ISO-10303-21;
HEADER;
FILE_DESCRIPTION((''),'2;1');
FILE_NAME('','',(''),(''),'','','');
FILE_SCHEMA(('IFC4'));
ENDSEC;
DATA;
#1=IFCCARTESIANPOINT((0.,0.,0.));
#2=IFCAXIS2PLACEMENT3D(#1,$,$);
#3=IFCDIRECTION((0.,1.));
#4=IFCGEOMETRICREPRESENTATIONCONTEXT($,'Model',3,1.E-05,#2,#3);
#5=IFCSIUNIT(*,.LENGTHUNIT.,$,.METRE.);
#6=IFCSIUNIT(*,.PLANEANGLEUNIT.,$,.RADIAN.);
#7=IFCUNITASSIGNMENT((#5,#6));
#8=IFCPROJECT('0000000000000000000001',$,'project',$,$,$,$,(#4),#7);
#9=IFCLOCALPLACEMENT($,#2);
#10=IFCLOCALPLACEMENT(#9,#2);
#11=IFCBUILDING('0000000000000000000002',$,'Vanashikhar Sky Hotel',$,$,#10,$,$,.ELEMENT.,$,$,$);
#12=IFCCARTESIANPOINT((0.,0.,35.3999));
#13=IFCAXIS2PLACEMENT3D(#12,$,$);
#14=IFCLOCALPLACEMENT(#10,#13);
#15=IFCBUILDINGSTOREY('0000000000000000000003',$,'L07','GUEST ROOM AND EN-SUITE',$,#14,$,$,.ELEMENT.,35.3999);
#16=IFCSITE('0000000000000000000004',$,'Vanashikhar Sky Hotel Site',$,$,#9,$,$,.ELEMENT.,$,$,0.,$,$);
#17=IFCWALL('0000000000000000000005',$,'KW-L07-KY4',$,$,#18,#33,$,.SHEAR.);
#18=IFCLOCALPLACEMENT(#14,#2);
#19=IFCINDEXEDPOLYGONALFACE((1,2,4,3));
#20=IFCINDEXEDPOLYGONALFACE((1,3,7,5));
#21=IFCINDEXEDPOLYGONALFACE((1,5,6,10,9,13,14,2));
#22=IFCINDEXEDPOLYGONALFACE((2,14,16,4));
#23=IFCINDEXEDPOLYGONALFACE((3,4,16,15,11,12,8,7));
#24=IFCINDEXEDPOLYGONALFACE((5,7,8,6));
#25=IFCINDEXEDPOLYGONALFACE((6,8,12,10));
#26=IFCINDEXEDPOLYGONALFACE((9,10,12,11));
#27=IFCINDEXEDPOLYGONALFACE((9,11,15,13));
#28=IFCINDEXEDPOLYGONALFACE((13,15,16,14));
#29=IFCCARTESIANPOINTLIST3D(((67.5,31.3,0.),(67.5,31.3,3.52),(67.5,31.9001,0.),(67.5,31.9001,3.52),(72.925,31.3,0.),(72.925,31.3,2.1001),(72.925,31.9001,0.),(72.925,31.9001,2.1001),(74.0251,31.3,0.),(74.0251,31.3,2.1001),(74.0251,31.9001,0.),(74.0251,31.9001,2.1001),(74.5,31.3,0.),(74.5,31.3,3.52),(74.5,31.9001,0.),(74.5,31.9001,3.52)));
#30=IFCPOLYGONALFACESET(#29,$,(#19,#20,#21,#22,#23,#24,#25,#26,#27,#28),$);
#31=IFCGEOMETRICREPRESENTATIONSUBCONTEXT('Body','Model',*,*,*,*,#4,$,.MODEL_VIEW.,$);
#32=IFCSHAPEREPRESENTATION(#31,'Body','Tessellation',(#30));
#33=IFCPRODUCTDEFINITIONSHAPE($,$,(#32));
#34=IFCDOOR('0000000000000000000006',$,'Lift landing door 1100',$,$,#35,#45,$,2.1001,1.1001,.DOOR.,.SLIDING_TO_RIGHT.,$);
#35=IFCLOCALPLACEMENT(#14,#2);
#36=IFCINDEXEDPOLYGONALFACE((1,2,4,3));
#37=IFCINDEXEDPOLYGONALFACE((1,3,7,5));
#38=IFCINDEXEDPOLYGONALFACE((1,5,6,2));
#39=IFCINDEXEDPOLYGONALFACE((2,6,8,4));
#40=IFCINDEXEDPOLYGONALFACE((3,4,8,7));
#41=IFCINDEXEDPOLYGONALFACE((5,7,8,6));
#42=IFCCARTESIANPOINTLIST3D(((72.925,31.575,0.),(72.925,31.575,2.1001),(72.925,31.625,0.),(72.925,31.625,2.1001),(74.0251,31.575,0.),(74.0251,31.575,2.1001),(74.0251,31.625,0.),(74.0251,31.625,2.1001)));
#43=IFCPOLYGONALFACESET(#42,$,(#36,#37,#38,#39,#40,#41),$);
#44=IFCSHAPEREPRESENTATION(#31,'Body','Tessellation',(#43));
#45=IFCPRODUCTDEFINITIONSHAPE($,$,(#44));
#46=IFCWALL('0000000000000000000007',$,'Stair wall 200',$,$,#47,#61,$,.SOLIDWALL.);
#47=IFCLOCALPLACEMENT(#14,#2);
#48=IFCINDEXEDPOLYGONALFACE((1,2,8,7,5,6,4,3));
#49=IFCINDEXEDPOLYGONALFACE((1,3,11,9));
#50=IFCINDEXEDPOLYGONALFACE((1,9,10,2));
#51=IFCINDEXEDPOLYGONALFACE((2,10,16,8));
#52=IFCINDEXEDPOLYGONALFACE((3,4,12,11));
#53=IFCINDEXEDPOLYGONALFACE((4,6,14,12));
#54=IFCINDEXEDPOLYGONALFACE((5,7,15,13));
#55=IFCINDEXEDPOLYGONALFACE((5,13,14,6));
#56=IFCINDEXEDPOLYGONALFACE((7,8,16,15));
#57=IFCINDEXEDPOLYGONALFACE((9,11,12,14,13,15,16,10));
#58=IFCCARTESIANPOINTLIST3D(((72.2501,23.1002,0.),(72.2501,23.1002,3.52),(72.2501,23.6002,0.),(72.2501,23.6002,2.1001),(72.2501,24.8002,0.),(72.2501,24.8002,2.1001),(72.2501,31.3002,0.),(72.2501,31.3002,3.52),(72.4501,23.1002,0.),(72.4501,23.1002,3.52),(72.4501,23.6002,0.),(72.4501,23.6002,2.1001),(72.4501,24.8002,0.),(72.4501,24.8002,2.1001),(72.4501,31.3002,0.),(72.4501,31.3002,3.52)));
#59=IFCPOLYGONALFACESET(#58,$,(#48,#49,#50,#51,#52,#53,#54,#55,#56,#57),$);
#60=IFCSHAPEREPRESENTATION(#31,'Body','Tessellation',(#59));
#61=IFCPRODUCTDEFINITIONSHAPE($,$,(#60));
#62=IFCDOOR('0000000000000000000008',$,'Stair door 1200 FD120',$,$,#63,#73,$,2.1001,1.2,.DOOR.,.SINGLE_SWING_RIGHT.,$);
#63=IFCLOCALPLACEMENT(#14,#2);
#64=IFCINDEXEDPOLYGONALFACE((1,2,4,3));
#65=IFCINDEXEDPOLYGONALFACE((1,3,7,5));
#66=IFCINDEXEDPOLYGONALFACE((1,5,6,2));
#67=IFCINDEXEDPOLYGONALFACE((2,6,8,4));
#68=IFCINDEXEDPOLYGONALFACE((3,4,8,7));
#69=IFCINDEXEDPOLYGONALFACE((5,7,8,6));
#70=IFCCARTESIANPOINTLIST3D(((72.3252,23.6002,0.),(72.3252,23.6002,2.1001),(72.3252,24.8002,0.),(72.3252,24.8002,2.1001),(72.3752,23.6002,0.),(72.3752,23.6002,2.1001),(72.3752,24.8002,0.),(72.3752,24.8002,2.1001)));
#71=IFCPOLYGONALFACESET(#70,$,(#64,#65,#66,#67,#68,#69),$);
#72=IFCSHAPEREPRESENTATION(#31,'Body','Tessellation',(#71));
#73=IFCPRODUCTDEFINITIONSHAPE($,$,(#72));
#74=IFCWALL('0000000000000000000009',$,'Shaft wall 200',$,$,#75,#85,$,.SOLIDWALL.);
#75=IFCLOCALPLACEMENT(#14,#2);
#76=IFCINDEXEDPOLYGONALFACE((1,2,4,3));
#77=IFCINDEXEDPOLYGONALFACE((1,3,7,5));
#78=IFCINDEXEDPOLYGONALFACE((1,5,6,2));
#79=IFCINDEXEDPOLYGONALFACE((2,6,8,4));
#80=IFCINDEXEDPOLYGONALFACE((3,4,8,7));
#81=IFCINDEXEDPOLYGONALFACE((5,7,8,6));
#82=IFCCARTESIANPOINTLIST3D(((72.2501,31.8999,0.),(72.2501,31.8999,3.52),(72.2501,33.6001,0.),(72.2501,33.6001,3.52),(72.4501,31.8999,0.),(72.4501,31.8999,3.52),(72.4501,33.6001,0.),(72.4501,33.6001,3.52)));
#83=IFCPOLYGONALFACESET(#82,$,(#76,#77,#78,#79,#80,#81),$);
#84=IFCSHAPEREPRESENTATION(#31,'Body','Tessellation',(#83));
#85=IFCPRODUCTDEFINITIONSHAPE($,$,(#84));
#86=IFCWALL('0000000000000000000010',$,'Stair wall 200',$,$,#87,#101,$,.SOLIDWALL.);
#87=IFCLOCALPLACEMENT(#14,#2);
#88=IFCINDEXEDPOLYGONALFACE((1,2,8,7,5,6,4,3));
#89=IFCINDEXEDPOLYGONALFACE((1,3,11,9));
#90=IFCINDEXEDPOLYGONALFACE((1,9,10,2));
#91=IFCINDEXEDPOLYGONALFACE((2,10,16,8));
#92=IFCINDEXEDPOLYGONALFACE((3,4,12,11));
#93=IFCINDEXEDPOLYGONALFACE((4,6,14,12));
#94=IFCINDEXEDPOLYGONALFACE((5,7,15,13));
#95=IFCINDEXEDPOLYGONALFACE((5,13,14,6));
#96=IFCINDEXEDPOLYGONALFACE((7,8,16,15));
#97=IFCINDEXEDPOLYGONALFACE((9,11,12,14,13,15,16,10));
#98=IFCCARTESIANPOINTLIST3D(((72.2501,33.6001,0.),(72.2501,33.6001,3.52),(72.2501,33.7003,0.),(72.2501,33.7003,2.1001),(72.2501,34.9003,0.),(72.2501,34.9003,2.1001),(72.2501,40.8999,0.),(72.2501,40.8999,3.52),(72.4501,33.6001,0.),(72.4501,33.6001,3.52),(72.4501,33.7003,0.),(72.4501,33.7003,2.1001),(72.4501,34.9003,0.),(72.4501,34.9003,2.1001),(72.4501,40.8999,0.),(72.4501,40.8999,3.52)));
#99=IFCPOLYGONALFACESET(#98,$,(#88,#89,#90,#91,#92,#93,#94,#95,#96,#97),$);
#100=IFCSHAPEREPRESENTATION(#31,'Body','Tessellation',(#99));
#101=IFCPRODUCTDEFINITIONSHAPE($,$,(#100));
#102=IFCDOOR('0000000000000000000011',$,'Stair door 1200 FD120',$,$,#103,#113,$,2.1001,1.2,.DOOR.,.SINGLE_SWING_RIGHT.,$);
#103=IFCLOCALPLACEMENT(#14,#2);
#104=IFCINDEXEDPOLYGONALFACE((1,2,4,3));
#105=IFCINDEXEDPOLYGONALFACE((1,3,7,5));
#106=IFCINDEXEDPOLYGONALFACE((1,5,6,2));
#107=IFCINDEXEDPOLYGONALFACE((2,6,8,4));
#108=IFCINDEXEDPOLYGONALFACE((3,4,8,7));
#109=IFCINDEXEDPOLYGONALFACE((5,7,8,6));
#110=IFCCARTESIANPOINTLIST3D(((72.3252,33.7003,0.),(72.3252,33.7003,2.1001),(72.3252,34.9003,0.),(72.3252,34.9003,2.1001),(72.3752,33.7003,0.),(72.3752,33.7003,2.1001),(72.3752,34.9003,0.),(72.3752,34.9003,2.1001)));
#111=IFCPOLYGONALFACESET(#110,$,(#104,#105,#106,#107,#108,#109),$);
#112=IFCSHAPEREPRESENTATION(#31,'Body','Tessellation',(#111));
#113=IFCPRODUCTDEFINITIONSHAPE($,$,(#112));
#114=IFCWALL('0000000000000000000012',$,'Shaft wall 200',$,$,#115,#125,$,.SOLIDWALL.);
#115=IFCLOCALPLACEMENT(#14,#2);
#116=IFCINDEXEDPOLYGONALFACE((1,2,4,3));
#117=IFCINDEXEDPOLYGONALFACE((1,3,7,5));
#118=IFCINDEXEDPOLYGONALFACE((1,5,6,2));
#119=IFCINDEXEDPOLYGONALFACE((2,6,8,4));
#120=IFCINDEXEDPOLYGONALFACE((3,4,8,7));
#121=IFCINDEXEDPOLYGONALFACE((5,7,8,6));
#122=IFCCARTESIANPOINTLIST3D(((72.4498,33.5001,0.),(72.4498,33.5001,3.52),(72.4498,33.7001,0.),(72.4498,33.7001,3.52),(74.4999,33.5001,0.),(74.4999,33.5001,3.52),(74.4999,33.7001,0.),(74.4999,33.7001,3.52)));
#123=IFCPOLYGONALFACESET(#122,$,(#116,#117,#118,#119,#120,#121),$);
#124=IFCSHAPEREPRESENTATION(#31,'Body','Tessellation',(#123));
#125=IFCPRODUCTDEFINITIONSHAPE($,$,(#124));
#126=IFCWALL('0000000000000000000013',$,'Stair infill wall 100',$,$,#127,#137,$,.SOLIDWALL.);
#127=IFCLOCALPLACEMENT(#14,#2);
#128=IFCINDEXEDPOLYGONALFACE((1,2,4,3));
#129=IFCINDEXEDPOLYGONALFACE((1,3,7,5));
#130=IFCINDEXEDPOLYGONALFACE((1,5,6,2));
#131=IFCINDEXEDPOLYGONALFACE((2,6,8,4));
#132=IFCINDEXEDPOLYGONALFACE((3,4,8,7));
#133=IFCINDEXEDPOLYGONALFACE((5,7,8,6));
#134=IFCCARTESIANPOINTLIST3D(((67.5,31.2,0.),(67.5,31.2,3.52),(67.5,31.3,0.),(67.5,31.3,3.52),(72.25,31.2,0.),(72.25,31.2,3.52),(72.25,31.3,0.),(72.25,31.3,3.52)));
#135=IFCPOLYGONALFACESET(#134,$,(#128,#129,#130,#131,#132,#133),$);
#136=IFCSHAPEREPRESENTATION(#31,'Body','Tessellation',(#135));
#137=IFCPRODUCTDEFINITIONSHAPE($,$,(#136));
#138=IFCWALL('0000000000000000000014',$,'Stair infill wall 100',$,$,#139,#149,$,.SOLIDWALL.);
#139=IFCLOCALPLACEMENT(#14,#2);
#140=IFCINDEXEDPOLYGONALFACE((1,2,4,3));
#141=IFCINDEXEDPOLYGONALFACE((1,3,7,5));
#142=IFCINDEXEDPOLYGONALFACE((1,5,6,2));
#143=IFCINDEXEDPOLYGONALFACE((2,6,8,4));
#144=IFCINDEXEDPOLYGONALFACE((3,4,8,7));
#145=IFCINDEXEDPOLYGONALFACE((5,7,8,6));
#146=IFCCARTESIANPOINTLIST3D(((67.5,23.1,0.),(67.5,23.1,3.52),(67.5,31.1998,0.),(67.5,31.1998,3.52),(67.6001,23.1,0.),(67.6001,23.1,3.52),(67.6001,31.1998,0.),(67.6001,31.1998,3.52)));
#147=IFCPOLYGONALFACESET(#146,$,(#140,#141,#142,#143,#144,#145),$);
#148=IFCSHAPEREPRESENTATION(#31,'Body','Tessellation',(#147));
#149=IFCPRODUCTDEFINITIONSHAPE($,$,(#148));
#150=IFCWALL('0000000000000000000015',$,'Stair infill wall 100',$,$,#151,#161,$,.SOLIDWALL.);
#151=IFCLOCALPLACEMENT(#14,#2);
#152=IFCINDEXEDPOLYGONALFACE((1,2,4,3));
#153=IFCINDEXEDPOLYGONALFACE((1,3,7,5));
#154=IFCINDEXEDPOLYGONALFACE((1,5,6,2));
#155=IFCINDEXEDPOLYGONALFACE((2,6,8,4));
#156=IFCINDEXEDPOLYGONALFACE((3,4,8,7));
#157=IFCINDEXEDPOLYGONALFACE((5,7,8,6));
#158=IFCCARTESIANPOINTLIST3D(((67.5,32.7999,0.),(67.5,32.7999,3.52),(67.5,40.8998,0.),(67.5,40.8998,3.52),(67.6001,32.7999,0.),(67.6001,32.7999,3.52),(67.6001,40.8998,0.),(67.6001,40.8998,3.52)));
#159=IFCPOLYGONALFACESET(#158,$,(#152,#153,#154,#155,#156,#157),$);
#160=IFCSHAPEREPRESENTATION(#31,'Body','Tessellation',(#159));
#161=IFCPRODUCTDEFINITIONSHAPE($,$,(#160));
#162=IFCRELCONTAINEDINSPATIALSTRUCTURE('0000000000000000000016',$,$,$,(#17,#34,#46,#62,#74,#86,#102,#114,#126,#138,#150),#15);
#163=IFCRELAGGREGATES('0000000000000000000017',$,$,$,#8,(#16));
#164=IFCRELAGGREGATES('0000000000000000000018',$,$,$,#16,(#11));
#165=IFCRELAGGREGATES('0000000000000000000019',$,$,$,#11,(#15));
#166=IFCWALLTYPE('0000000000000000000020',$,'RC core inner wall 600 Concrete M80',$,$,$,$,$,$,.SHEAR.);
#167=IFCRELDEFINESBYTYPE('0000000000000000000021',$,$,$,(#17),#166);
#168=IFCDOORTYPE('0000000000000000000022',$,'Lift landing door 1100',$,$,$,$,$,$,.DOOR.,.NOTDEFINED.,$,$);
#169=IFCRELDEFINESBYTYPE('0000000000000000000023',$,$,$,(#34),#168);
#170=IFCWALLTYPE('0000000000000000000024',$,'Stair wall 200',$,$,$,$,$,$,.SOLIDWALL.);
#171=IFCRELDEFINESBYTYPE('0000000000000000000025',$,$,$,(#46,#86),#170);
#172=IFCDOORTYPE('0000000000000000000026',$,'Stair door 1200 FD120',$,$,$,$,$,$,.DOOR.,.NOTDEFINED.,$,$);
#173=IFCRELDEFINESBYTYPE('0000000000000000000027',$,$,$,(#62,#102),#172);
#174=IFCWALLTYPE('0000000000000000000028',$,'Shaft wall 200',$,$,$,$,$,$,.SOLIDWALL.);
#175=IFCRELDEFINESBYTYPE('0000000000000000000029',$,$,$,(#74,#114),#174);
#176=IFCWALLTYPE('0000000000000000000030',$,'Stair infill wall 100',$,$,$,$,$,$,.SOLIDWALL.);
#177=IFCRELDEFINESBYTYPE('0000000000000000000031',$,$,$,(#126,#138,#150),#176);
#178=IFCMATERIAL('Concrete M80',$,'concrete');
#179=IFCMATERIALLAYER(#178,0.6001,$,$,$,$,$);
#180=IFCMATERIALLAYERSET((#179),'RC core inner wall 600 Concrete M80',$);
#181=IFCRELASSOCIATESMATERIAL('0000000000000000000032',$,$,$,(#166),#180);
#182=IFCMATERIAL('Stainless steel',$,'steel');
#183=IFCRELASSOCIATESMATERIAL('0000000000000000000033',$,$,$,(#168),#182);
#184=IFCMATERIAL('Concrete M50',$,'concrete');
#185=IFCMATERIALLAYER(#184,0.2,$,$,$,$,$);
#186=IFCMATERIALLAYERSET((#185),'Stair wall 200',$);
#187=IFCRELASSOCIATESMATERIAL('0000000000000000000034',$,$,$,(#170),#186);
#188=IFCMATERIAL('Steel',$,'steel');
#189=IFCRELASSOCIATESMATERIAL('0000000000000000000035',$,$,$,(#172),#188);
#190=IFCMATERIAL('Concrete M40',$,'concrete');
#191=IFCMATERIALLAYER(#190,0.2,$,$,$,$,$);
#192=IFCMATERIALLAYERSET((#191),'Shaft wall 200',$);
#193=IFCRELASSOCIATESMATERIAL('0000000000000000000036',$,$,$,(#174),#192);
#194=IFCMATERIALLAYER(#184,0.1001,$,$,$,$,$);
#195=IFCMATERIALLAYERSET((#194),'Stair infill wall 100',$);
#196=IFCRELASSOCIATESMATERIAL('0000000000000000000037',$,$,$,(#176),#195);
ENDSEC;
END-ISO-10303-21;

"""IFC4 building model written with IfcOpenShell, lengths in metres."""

from ifc_helpers import new_model, si_unit, direction, frame, frame_2d, origin, place, context, subcontext, project, spatial, rectangle, extrude, source, transform, mapped, material, layer, layer_set, type_object, element, fill, save


model = new_model("IFC4")

# Units and contexts
model_context = context("Model", 3, precision=1e-05, world=origin(), true_north=direction((0.0, 1.0)))
body_context = subcontext(model_context, "Body", "Model", "MODEL_VIEW")
ifc_project = project(units=[si_unit("LENGTHUNIT", "METRE"), si_unit("PLANEANGLEUNIT", "RADIAN")], contexts=[model_context])

# Site, building, storey
site_placement = place(None, origin())
site = spatial("IfcSite", under=ifc_project, at=site_placement, Name="Vanashikhar Sky Hotel Site", CompositionType="ELEMENT", RefElevation=0.0)
building_placement = place(site_placement, origin())
building = spatial("IfcBuilding", under=site, at=building_placement, Name="Vanashikhar Sky Hotel", CompositionType="ELEMENT")
storey_placement = place(building_placement, frame((0.0, 0.0, 35.3999)))
storey = spatial("IfcBuildingStorey", under=building, at=storey_placement, Name="L07", Description="GUEST ROOM AND EN-SUITE", CompositionType="ELEMENT", Elevation=35.3999)

# Walls, openings, doors
ifc_material_1 = material(Name="Concrete M80", Category="concrete")
ifc_layer_1 = layer(ifc_material_1, 0.6001)
ifc_layer_set_1 = layer_set([ifc_layer_1], Name="RC core inner wall 600 Concrete M80")
wall_type_1 = type_object("IfcWallType", Name="RC core inner wall 600 Concrete M80", PredefinedType="SHEAR", material=ifc_layer_set_1)
shared_shape_1 = source(origin(), body_context, "Body", "SweptSolid", [
    extrude(rectangle(XDim=7.0, YDim=0.6001, at=frame_2d((3.5, 0.0))), origin(), (0.0, 0.0, 1.0), 3.52),
])
wall_1_placement = place(storey_placement, frame((67.5, 31.6001, 0.0), z_axis=(0.0, 0.0, 1.0), x_axis=(1.0, 0.0, 0.0)))
wall_1 = element("IfcWall", 1, at=wall_1_placement, inside=storey, type_object=wall_type_1, Name="KW-L07-KY4", PredefinedType="SHEAR", context=body_context, shape_type="MappedRepresentation", body=[
    mapped(shared_shape_1, transform((0.0, 0.0, 0.0), scale=1.0)),
])
shared_shape_2 = source(origin(), body_context, "Body", "SweptSolid", [
    extrude(rectangle(XDim=1.1001, YDim=2.1001, at=frame_2d((0.55, 1.05))), frame((0.0, 0.3101, 0.0), z_axis=(0.0, -1.0, 0.0), x_axis=(1.0, 0.0, 0.0)), (0.0, 0.0, 1.0), 0.6201),
])
opening_1_placement = place(wall_1_placement, frame((5.425, 0.0, 0.0)))
opening_1 = element("IfcOpeningElement", 2, at=opening_1_placement, cuts=wall_1, PredefinedType="OPENING", context=body_context, shape_type="MappedRepresentation", body=[
    mapped(shared_shape_2, transform((0.0, 0.0, 0.0), scale=1.0)),
])
ifc_material_2 = material(Name="Stainless steel", Category="steel")
door_type_1 = type_object("IfcDoorType", Name="Lift landing door 1100", OperationType="NOTDEFINED", PredefinedType="DOOR", material=ifc_material_2)
shared_shape_3 = source(origin(), body_context, "Body", "SweptSolid", [
    extrude(rectangle(XDim=1.1001, YDim=2.1001, at=frame_2d((0.55, 1.05))), frame((0.0, 0.0249, 0.0), z_axis=(0.0, -1.0, 0.0), x_axis=(1.0, 0.0, 0.0)), (0.0, 0.0, 1.0), 0.05),
])
door_1_placement = place(opening_1_placement, origin())
door_1 = element("IfcDoor", 3, at=door_1_placement, inside=storey, type_object=door_type_1, Name="Lift landing door 1100", OperationType="SLIDING_TO_RIGHT", OverallHeight=2.1001, OverallWidth=1.1001, PredefinedType="DOOR", context=body_context, shape_type="MappedRepresentation", body=[
    mapped(shared_shape_3, transform((0.0, 0.0, 0.0), scale=1.0)),
])
fill(opening_1, door_1)
ifc_material_3 = material(Name="Concrete M50", Category="concrete")
ifc_layer_2 = layer(ifc_material_3, 0.2)
ifc_layer_set_2 = layer_set([ifc_layer_2], Name="Stair wall 200")
wall_type_2 = type_object("IfcWallType", Name="Stair wall 200", PredefinedType="SOLIDWALL", material=ifc_layer_set_2)
shared_shape_4 = source(origin(), body_context, "Body", "SweptSolid", [
    extrude(rectangle(XDim=8.2, YDim=0.2, at=frame_2d((4.1001, 0.0))), origin(), (0.0, 0.0, 1.0), 3.52),
])
wall_2_placement = place(storey_placement, frame((72.3501, 23.1001, 0.0), z_axis=(0.0, 0.0, 1.0), x_axis=(0.0, 1.0, 0.0)))
wall_2 = element("IfcWall", 4, at=wall_2_placement, inside=storey, type_object=wall_type_2, Name="Stair wall 200", PredefinedType="SOLIDWALL", context=body_context, shape_type="MappedRepresentation", body=[
    mapped(shared_shape_4, transform((0.0, 0.0, 0.0), scale=1.0)),
])
shared_shape_5 = source(origin(), body_context, "Body", "SweptSolid", [
    extrude(rectangle(XDim=1.2, YDim=2.1001, at=frame_2d((0.6001, 1.05))), frame((0.0, 0.1099, 0.0), z_axis=(0.0, -1.0, 0.0), x_axis=(1.0, 0.0, 0.0)), (0.0, 0.0, 1.0), 0.22),
])
opening_2_placement = place(wall_2_placement, frame((0.5, 0.0, 0.0)))
opening_2 = element("IfcOpeningElement", 5, at=opening_2_placement, cuts=wall_2, PredefinedType="OPENING", context=body_context, shape_type="MappedRepresentation", body=[
    mapped(shared_shape_5, transform((0.0, 0.0, 0.0), scale=1.0)),
])
ifc_material_4 = material(Name="Steel", Category="steel")
door_type_2 = type_object("IfcDoorType", Name="Stair door 1200 FD120", OperationType="NOTDEFINED", PredefinedType="DOOR", material=ifc_material_4)
shared_shape_6 = source(origin(), body_context, "Body", "SweptSolid", [
    extrude(rectangle(XDim=1.2, YDim=2.1001, at=frame_2d((0.6001, 1.05))), frame((0.0, 0.0249, 0.0), z_axis=(0.0, -1.0, 0.0), x_axis=(1.0, 0.0, 0.0)), (0.0, 0.0, 1.0), 0.05),
])
door_2_placement = place(opening_2_placement, origin())
door_2 = element("IfcDoor", 6, at=door_2_placement, inside=storey, type_object=door_type_2, Name="Stair door 1200 FD120", OperationType="SINGLE_SWING_RIGHT", OverallHeight=2.1001, OverallWidth=1.2, PredefinedType="DOOR", context=body_context, shape_type="MappedRepresentation", body=[
    mapped(shared_shape_6, transform((0.0, 0.0, 0.0), scale=1.0)),
])
fill(opening_2, door_2)

# Wall
ifc_material_5 = material(Name="Concrete M40", Category="concrete")
ifc_layer_3 = layer(ifc_material_5, 0.2)
ifc_layer_set_3 = layer_set([ifc_layer_3], Name="Shaft wall 200")
wall_type_3 = type_object("IfcWallType", Name="Shaft wall 200", PredefinedType="SOLIDWALL", material=ifc_layer_set_3)
shared_shape_7 = source(origin(), body_context, "Body", "SweptSolid", [
    extrude(rectangle(XDim=1.7002, YDim=0.2, at=frame_2d((0.8501, 0.0))), origin(), (0.0, 0.0, 1.0), 3.52),
])
wall_3_placement = place(storey_placement, frame((72.3501, 31.8999, 0.0), z_axis=(0.0, 0.0, 1.0), x_axis=(0.0, 1.0, 0.0)))
element("IfcWall", 7, at=wall_3_placement, inside=storey, type_object=wall_type_3, Name="Shaft wall 200", PredefinedType="SOLIDWALL", context=body_context, shape_type="MappedRepresentation", body=[
    mapped(shared_shape_7, transform((0.0, 0.0, 0.0), scale=1.0)),
])

# Wall, opening, door
shared_shape_8 = source(origin(), body_context, "Body", "SweptSolid", [
    extrude(rectangle(XDim=7.2998, YDim=0.2, at=frame_2d((3.6499, 0.0))), origin(), (0.0, 0.0, 1.0), 3.52),
])
wall_4_placement = place(storey_placement, frame((72.3501, 33.6001, 0.0), z_axis=(0.0, 0.0, 1.0), x_axis=(0.0, 1.0, 0.0)))
wall_4 = element("IfcWall", 8, at=wall_4_placement, inside=storey, type_object=wall_type_2, Name="Stair wall 200", PredefinedType="SOLIDWALL", context=body_context, shape_type="MappedRepresentation", body=[
    mapped(shared_shape_8, transform((0.0, 0.0, 0.0), scale=1.0)),
])
opening_3_placement = place(wall_4_placement, frame((0.1001, 0.0, 0.0)))
opening_3 = element("IfcOpeningElement", 9, at=opening_3_placement, cuts=wall_4, PredefinedType="OPENING", context=body_context, shape_type="MappedRepresentation", body=[
    mapped(shared_shape_5, transform((0.0, 0.0, 0.0), scale=1.0)),
])
door_3_placement = place(opening_3_placement, origin())
door_3 = element("IfcDoor", 10, at=door_3_placement, inside=storey, type_object=door_type_2, Name="Stair door 1200 FD120", OperationType="SINGLE_SWING_RIGHT", OverallHeight=2.1001, OverallWidth=1.2, PredefinedType="DOOR", context=body_context, shape_type="MappedRepresentation", body=[
    mapped(shared_shape_6, transform((0.0, 0.0, 0.0), scale=1.0)),
])
fill(opening_3, door_3)

# Walls
shared_shape_9 = source(origin(), body_context, "Body", "SweptSolid", [
    extrude(rectangle(XDim=2.05, YDim=0.2, at=frame_2d((1.0249, 0.0))), origin(), (0.0, 0.0, 1.0), 3.52),
])
wall_5_placement = place(storey_placement, frame((72.45, 33.6001, 0.0), z_axis=(0.0, 0.0, 1.0), x_axis=(1.0, 0.0, 0.0)))
element("IfcWall", 11, at=wall_5_placement, inside=storey, type_object=wall_type_3, Name="Shaft wall 200", PredefinedType="SOLIDWALL", context=body_context, shape_type="MappedRepresentation", body=[
    mapped(shared_shape_9, transform((0.0, 0.0, 0.0), scale=1.0)),
])
ifc_layer_4 = layer(ifc_material_3, 0.1001)
ifc_layer_set_4 = layer_set([ifc_layer_4], Name="Stair infill wall 100")
wall_type_4 = type_object("IfcWallType", Name="Stair infill wall 100", PredefinedType="SOLIDWALL", material=ifc_layer_set_4)
shared_shape_10 = source(origin(), body_context, "Body", "SweptSolid", [
    extrude(rectangle(XDim=4.75, YDim=0.1001, at=frame_2d((2.375, 0.0))), origin(), (0.0, 0.0, 1.0), 3.52),
])
wall_6_placement = place(storey_placement, frame((67.5, 31.25, 0.0), z_axis=(0.0, 0.0, 1.0), x_axis=(1.0, 0.0, 0.0)))
element("IfcWall", 12, at=wall_6_placement, inside=storey, type_object=wall_type_4, Name="Stair infill wall 100", PredefinedType="SOLIDWALL", context=body_context, shape_type="MappedRepresentation", body=[
    mapped(shared_shape_10, transform((0.0, 0.0, 0.0), scale=1.0)),
])
shared_shape_11 = source(origin(), body_context, "Body", "SweptSolid", [
    extrude(rectangle(XDim=8.0999, YDim=0.1001, at=frame_2d((4.0498, 0.0))), origin(), (0.0, 0.0, 1.0), 3.52),
])
for number, where, z_axis, x_axis, name in (
    (13, (67.55, 23.1001, 0.0), (0.0, 0.0, 1.0), (0.0, 1.0, 0.0), "Stair infill wall 100"),
    (14, (67.55, 32.8, 0.0), (0.0, 0.0, 1.0), (0.0, 1.0, 0.0), "Stair infill wall 100"),
):
    element("IfcWall", number, at=place(storey_placement, frame(where, z_axis=z_axis, x_axis=x_axis)), inside=storey, type_object=wall_type_4, Name=name, PredefinedType="SOLIDWALL", context=body_context, shape_type="MappedRepresentation", body=[
        mapped(shared_shape_11, transform((0.0, 0.0, 0.0), scale=1.0)),
    ])

save(model, "model.ifc")
